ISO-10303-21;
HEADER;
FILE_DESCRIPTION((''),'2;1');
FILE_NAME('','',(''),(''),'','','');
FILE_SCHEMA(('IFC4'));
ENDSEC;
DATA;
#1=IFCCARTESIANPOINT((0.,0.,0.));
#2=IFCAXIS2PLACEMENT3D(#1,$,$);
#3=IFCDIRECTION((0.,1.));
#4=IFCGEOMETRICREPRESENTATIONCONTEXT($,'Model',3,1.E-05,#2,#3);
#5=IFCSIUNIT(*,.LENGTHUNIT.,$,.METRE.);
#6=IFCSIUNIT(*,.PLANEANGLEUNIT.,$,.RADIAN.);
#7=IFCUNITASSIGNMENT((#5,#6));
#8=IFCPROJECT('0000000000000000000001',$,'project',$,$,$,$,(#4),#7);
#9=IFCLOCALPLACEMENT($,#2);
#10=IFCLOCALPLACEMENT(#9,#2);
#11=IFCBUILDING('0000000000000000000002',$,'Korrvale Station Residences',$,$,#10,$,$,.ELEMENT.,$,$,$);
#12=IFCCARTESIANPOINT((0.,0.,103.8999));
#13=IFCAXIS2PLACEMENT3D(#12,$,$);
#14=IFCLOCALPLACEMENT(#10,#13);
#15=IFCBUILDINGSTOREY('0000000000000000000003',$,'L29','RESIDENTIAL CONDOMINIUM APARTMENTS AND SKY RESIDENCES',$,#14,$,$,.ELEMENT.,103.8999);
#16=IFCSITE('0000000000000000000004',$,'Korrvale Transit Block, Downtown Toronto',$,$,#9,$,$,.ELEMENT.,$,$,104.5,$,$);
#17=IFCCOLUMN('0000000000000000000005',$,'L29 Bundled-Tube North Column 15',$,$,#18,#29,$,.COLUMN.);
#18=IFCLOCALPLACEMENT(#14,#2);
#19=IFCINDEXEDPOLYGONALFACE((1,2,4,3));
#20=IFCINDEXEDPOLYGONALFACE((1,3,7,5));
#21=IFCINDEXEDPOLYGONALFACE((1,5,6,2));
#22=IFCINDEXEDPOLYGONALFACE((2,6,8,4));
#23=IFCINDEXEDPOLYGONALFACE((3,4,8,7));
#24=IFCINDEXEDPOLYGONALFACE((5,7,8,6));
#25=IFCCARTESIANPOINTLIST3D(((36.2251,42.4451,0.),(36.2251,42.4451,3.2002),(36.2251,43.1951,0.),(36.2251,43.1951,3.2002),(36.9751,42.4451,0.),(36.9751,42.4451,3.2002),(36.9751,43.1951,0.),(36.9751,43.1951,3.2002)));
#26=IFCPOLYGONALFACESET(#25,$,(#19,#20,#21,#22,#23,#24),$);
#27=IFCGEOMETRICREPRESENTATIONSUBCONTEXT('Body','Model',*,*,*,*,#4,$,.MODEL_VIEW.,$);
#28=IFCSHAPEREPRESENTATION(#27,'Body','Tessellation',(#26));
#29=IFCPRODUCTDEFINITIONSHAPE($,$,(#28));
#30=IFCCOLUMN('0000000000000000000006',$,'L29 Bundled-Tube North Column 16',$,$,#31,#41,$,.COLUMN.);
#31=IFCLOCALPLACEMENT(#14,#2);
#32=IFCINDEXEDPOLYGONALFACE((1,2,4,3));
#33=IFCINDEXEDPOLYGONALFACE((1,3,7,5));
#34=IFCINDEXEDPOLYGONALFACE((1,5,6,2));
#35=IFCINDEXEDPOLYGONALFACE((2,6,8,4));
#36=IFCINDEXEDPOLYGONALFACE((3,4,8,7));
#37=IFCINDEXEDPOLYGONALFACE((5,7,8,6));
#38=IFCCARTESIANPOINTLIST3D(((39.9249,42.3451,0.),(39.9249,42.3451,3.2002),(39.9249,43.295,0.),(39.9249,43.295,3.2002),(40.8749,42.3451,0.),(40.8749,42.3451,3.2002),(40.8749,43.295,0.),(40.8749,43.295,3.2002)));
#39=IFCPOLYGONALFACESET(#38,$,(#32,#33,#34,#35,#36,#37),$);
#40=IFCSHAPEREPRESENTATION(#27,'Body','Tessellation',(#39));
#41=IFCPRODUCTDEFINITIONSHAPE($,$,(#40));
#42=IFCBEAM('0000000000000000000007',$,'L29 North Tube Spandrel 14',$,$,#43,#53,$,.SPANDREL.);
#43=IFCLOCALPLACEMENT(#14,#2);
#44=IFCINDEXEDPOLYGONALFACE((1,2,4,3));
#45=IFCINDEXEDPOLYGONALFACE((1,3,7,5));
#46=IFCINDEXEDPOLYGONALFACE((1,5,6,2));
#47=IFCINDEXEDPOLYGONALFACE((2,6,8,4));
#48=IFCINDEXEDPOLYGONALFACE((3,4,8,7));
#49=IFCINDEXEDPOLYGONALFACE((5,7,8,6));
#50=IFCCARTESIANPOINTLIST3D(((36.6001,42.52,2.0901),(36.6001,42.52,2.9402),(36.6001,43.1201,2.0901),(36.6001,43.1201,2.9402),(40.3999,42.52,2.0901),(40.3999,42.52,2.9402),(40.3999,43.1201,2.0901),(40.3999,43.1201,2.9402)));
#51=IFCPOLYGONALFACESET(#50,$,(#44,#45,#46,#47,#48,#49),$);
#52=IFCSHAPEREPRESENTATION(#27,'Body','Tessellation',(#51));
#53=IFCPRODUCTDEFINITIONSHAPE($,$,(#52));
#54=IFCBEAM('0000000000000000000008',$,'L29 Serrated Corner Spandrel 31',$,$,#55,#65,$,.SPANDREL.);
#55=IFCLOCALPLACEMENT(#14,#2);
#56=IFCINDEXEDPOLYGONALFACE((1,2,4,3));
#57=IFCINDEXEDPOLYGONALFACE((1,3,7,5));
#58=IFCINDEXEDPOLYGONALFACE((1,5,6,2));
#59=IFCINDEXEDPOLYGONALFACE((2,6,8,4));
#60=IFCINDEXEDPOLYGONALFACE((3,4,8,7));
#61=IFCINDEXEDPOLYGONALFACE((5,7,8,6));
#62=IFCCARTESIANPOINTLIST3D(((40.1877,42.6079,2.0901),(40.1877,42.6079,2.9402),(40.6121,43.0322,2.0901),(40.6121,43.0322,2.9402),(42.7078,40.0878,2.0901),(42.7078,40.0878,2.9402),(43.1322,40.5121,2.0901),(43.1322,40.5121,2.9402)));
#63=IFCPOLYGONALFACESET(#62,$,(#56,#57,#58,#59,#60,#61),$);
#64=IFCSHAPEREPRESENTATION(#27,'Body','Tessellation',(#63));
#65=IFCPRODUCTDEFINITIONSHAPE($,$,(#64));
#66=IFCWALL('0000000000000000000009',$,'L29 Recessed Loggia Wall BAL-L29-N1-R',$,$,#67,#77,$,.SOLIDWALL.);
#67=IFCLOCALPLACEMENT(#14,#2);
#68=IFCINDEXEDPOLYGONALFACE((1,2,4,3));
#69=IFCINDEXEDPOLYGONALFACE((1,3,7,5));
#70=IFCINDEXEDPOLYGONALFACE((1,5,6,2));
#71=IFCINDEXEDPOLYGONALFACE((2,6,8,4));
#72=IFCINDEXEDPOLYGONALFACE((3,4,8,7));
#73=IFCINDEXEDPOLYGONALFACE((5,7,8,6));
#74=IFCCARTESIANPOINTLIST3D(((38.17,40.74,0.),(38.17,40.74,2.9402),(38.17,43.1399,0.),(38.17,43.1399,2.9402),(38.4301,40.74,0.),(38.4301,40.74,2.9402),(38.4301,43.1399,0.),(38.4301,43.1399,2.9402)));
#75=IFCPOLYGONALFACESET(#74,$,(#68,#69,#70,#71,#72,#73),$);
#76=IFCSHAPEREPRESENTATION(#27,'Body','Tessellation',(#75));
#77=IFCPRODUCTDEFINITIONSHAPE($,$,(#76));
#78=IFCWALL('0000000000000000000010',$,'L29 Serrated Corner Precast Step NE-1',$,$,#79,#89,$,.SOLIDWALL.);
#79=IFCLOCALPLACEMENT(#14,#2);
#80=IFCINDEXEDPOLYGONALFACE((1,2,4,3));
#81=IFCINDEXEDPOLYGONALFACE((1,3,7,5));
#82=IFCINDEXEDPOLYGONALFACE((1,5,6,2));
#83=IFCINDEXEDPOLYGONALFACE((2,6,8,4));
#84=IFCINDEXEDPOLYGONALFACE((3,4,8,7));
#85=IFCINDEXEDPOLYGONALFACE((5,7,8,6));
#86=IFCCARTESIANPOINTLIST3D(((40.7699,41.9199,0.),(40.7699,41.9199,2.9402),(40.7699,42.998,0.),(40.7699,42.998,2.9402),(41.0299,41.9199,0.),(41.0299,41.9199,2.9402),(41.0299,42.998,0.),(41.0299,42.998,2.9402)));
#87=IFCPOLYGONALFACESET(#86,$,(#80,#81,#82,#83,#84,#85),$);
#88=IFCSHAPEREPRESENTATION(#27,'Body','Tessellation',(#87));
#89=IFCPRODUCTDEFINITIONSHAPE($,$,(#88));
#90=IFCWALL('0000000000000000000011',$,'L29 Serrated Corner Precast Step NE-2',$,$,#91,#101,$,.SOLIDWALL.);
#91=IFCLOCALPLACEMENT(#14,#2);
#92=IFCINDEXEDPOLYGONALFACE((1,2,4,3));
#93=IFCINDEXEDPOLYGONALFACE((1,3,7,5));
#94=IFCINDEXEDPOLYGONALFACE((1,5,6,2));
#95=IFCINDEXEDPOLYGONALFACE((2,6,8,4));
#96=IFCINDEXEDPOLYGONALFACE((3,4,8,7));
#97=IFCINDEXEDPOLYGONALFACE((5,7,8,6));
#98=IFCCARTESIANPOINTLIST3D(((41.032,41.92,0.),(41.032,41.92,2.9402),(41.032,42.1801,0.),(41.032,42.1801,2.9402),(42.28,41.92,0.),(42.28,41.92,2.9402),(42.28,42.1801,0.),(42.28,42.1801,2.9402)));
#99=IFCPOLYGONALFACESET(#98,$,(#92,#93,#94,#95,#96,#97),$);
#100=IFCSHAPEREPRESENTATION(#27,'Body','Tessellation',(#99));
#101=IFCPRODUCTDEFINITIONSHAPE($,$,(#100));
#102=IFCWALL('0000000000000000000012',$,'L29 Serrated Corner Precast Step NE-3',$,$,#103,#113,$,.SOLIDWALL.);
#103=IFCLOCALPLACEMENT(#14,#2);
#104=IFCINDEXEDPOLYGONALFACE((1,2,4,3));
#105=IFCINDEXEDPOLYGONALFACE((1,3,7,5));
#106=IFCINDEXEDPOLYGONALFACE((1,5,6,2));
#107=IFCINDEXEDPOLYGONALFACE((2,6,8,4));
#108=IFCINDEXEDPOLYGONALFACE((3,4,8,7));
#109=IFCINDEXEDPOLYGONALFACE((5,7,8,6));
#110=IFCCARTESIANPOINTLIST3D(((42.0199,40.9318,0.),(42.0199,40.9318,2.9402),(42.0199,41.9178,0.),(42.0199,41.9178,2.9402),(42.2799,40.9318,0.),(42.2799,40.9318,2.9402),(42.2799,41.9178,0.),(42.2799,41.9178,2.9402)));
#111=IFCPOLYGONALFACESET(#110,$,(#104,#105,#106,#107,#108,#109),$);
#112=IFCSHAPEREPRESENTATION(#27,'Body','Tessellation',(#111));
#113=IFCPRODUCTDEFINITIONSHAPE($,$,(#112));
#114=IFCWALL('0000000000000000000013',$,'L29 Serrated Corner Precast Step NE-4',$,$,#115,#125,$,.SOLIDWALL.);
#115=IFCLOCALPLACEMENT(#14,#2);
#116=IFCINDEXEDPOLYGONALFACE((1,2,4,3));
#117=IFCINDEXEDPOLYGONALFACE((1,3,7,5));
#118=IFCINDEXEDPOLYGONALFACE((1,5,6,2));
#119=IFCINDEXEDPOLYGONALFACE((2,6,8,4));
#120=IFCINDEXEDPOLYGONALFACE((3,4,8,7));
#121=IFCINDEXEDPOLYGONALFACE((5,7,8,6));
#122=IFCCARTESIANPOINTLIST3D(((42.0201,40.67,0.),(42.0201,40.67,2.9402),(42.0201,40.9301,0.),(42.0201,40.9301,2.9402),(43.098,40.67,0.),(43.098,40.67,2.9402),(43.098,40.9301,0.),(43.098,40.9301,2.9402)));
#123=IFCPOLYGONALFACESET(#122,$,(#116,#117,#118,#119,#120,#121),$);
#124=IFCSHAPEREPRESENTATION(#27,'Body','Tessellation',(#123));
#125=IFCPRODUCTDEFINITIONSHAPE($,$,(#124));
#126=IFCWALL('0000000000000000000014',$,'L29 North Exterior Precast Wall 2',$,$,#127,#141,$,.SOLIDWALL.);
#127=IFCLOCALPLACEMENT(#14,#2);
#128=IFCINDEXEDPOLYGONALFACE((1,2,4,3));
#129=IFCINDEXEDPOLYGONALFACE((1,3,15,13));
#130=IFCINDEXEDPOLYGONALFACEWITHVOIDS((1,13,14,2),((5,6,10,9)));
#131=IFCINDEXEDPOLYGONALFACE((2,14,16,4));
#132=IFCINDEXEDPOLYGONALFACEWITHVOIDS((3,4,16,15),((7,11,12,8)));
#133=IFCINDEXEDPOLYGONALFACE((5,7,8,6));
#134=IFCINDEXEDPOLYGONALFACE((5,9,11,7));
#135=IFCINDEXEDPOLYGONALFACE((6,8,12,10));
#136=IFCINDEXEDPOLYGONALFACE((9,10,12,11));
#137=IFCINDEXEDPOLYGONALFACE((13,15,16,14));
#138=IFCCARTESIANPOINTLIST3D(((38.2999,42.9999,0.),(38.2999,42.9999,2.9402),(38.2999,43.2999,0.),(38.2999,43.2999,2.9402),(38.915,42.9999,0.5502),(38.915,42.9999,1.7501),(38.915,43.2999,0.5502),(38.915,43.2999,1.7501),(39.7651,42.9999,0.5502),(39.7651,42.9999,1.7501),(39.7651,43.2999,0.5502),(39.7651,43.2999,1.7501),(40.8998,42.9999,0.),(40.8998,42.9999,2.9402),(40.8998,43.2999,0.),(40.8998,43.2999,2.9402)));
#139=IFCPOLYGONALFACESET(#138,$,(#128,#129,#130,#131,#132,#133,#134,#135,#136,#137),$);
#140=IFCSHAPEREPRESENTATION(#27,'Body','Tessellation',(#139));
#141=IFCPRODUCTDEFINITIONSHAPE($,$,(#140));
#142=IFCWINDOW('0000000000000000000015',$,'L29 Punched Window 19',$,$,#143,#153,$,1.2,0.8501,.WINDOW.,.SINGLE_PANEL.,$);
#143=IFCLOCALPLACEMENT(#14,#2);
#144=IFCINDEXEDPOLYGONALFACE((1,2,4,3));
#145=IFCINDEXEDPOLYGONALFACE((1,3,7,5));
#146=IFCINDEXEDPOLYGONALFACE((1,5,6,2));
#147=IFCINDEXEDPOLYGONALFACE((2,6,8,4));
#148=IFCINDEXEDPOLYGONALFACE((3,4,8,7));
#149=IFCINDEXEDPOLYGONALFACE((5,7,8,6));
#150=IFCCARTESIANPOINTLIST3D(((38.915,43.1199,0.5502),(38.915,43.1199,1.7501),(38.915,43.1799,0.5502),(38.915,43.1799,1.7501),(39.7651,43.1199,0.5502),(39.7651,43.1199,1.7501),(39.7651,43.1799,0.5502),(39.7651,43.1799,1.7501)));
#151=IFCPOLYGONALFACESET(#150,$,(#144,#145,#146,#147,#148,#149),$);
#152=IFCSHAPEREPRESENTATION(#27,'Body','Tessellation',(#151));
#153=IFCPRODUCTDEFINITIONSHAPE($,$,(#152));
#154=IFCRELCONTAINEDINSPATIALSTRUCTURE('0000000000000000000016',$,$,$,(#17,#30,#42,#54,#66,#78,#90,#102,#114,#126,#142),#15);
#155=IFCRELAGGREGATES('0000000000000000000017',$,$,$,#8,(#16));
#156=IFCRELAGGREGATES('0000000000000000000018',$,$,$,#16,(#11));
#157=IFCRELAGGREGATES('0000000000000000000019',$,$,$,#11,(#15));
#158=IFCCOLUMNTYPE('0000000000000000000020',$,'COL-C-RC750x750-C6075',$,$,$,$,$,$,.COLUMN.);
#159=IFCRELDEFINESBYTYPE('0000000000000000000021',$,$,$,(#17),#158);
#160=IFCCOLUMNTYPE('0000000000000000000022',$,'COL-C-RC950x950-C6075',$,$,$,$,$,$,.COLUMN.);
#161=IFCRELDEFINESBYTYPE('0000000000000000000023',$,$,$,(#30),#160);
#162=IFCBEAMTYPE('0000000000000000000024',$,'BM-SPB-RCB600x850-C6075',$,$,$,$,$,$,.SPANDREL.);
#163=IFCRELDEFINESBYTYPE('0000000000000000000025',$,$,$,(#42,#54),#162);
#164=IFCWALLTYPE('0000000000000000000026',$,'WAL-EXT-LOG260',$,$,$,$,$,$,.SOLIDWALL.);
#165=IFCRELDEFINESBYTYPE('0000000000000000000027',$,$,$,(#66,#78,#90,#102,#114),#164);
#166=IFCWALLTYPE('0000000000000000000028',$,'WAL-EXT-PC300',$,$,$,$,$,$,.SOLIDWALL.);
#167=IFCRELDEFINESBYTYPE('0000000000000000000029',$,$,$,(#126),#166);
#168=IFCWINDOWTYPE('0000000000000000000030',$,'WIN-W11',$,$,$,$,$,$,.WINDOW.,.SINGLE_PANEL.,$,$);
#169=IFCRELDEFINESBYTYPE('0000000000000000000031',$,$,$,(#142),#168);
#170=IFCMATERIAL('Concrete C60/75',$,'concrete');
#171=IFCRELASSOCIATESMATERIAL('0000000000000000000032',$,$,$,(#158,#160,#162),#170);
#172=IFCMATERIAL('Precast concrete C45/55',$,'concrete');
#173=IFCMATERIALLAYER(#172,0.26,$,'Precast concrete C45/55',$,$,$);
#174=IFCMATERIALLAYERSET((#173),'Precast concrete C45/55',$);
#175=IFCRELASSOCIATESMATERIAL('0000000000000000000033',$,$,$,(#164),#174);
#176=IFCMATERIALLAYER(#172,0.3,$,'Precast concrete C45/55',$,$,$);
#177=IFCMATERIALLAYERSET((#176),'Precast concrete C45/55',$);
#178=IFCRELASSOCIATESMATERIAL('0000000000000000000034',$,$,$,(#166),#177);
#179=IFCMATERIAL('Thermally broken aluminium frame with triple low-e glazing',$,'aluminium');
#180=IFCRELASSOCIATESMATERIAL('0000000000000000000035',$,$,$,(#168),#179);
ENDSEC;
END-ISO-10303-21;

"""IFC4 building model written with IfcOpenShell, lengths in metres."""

from ifc_helpers import new_model, si_unit, direction, frame, frame_2d, origin, origin_2d, place, context, subcontext, project, spatial, rectangle, extrude, material, layer, layer_set, material_profile, profile_set, type_object, element, fill, save


model = new_model("IFC4")

# Units and contexts
model_context = context("Model", 3, precision=1e-05, world=origin(), true_north=direction((0.0, 1.0)))
body_context = subcontext(model_context, "Body", "Model", "MODEL_VIEW")
ifc_project = project(units=[si_unit("LENGTHUNIT", "METRE"), si_unit("PLANEANGLEUNIT", "RADIAN")], contexts=[model_context])

# Site, building, storey
site_placement = place(None, origin())
site = spatial("IfcSite", under=ifc_project, at=site_placement, Name="Korrvale Transit Block, Downtown Toronto", CompositionType="ELEMENT", RefElevation=104.5)
building_placement = place(site_placement, origin())
building = spatial("IfcBuilding", under=site, at=building_placement, Name="Korrvale Station Residences", CompositionType="ELEMENT")
storey_placement = place(building_placement, frame((0.0, 0.0, 103.8999)))
storey = spatial("IfcBuildingStorey", under=building, at=storey_placement, Name="L29", Description="RESIDENTIAL CONDOMINIUM APARTMENTS AND SKY RESIDENCES", CompositionType="ELEMENT", Elevation=103.8999)

# Columns
ifc_material_1 = material(Name="Concrete C60/75", Category="concrete")
ifc_material_profile_1 = material_profile(ifc_material_1, rectangle(XDim=0.75, YDim=0.75, at=origin_2d()), Name="RC750x750")
ifc_profile_set_1 = profile_set([ifc_material_profile_1], Name="Concrete C60/75")
column_type_1 = type_object("IfcColumnType", Name="COL-C-RC750x750-C6075", PredefinedType="COLUMN", material=ifc_profile_set_1)
column_1_placement = place(storey_placement, frame((36.6001, 42.8201, 0.0), z_axis=(0.0, 0.0, 1.0), x_axis=(1.0, 0.0, 0.0)))
element("IfcColumn", 1, at=column_1_placement, inside=storey, type_object=column_type_1, Name="L29 Bundled-Tube North Column 15", PredefinedType="COLUMN", context=body_context, shape_type="SweptSolid", body=[
    extrude(rectangle(XDim=0.75, YDim=0.75, at=origin_2d()), origin(), (0.0, 0.0, 1.0), 3.2002),
])
ifc_material_profile_2 = material_profile(ifc_material_1, rectangle(XDim=0.95, YDim=0.95, at=origin_2d()), Name="RC950x950")
ifc_profile_set_2 = profile_set([ifc_material_profile_2], Name="Concrete C60/75")
column_type_2 = type_object("IfcColumnType", Name="COL-C-RC950x950-C6075", PredefinedType="COLUMN", material=ifc_profile_set_2)
column_2_placement = place(storey_placement, frame((40.3999, 42.8201, 0.0), z_axis=(0.0, 0.0, 1.0), x_axis=(1.0, 0.0, 0.0)))
element("IfcColumn", 2, at=column_2_placement, inside=storey, type_object=column_type_2, Name="L29 Bundled-Tube North Column 16", PredefinedType="COLUMN", context=body_context, shape_type="SweptSolid", body=[
    extrude(rectangle(XDim=0.95, YDim=0.95, at=origin_2d()), origin(), (0.0, 0.0, 1.0), 3.2002),
])

# Beams
ifc_material_profile_3 = material_profile(ifc_material_1, rectangle(XDim=0.6001, YDim=0.8501, at=origin_2d()), Name="RCB600x850")
ifc_profile_set_3 = profile_set([ifc_material_profile_3], Name="Concrete C60/75")
beam_type = type_object("IfcBeamType", Name="BM-SPB-RCB600x850-C6075", PredefinedType="SPANDREL", material=ifc_profile_set_3)
beam_1_placement = place(storey_placement, frame((36.6001, 42.8201, 2.5151), z_axis=(1.0, 0.0, 0.0), x_axis=(0.0, 1.0, 0.0)))
element("IfcBeam", 3, at=beam_1_placement, inside=storey, type_object=beam_type, Name="L29 North Tube Spandrel 14", PredefinedType="SPANDREL", context=body_context, shape_type="SweptSolid", body=[
    extrude(rectangle(XDim=0.6001, YDim=0.8501, at=origin_2d()), origin(), (0.0, 0.0, 1.0), 3.7998),
])
beam_2_placement = place(storey_placement, frame((40.3999, 42.8201, 2.5151), z_axis=(0.707107, -0.707107, 0.0), x_axis=(0.707107, 0.707107, 0.0)))
element("IfcBeam", 4, at=beam_2_placement, inside=storey, type_object=beam_type, Name="L29 Serrated Corner Spandrel 31", PredefinedType="SPANDREL", context=body_context, shape_type="SweptSolid", body=[
    extrude(rectangle(XDim=0.6001, YDim=0.8501, at=origin_2d()), origin(), (0.0, 0.0, 1.0), 3.564),
])

# Walls
ifc_material_2 = material(Name="Precast concrete C45/55", Category="concrete")
ifc_layer_1 = layer(ifc_material_2, 0.26, Name="Precast concrete C45/55")
ifc_layer_set_1 = layer_set([ifc_layer_1], Name="Precast concrete C45/55")
wall_type_1 = type_object("IfcWallType", Name="WAL-EXT-LOG260", PredefinedType="SOLIDWALL", material=ifc_layer_set_1)
wall_1_placement = place(storey_placement, frame((38.3, 40.74, 0.0), z_axis=(0.0, 0.0, 1.0), x_axis=(0.0, 1.0, 0.0)))
element("IfcWall", 5, at=wall_1_placement, inside=storey, type_object=wall_type_1, Name="L29 Recessed Loggia Wall BAL-L29-N1-R", PredefinedType="SOLIDWALL", context=body_context, shape_type="SweptSolid", body=[
    extrude(rectangle(XDim=2.3999, YDim=0.26, at=frame_2d((1.2, 0.0))), origin(), (0.0, 0.0, 1.0), 2.9402),
])
wall_2_placement = place(storey_placement, frame((40.8999, 42.998, 0.0), z_axis=(0.0, 0.0, 1.0), x_axis=(0.0, -1.0, 0.0)))
element("IfcWall", 6, at=wall_2_placement, inside=storey, type_object=wall_type_1, Name="L29 Serrated Corner Precast Step NE-1", PredefinedType="SOLIDWALL", context=body_context, shape_type="SweptSolid", body=[
    extrude(rectangle(XDim=1.0781, YDim=0.26, at=frame_2d((0.5391, 0.0))), origin(), (0.0, 0.0, 1.0), 2.9402),
])
wall_3_placement = place(storey_placement, frame((41.032, 42.05, 0.0), z_axis=(0.0, 0.0, 1.0), x_axis=(1.0, 0.0, 0.0)))
element("IfcWall", 7, at=wall_3_placement, inside=storey, type_object=wall_type_1, Name="L29 Serrated Corner Precast Step NE-2", PredefinedType="SOLIDWALL", context=body_context, shape_type="SweptSolid", body=[
    extrude(rectangle(XDim=1.248, YDim=0.26, at=frame_2d((0.624, 0.0))), origin(), (0.0, 0.0, 1.0), 2.9402),
])
wall_4_placement = place(storey_placement, frame((42.1499, 41.918, 0.0), z_axis=(0.0, 0.0, 1.0), x_axis=(0.0, -1.0, 0.0)))
element("IfcWall", 8, at=wall_4_placement, inside=storey, type_object=wall_type_1, Name="L29 Serrated Corner Precast Step NE-3", PredefinedType="SOLIDWALL", context=body_context, shape_type="SweptSolid", body=[
    extrude(rectangle(XDim=0.9861, YDim=0.26, at=frame_2d((0.4932, 0.0))), origin(), (0.0, 0.0, 1.0), 2.9402),
])
wall_5_placement = place(storey_placement, frame((42.02, 40.8, 0.0), z_axis=(0.0, 0.0, 1.0), x_axis=(1.0, 0.0, 0.0)))
element("IfcWall", 9, at=wall_5_placement, inside=storey, type_object=wall_type_1, Name="L29 Serrated Corner Precast Step NE-4", PredefinedType="SOLIDWALL", context=body_context, shape_type="SweptSolid", body=[
    extrude(rectangle(XDim=1.0779, YDim=0.26, at=frame_2d((0.5391, 0.0))), origin(), (0.0, 0.0, 1.0), 2.9402),
])

# Wall, opening, window
ifc_layer_2 = layer(ifc_material_2, 0.3, Name="Precast concrete C45/55")
ifc_layer_set_2 = layer_set([ifc_layer_2], Name="Precast concrete C45/55")
wall_type_2 = type_object("IfcWallType", Name="WAL-EXT-PC300", PredefinedType="SOLIDWALL", material=ifc_layer_set_2)
wall_6_placement = place(storey_placement, frame((38.3, 43.1499, 0.0), z_axis=(0.0, 0.0, 1.0), x_axis=(1.0, 0.0, 0.0)))
wall_6 = element("IfcWall", 10, at=wall_6_placement, inside=storey, type_object=wall_type_2, Name="L29 North Exterior Precast Wall 2", PredefinedType="SOLIDWALL", context=body_context, shape_type="SweptSolid", body=[
    extrude(rectangle(XDim=2.5999, YDim=0.3, at=frame_2d((1.2998, 0.0))), origin(), (0.0, 0.0, 1.0), 2.9402),
])
opening_1_placement = place(wall_6_placement, frame((0.615, 0.0, 0.55)))
opening_1 = element("IfcOpeningElement", 11, at=opening_1_placement, cuts=wall_6, PredefinedType="OPENING", context=body_context, shape_type="SweptSolid", body=[
    extrude(rectangle(XDim=0.8501, YDim=1.2, at=frame_2d((0.425, 0.6001))), frame((0.0, 0.1602, 0.0), z_axis=(0.0, -1.0, 0.0), x_axis=(1.0, 0.0, 0.0)), (0.0, 0.0, 1.0), 0.3201),
])
ifc_material_3 = material(Name="Thermally broken aluminium frame with triple low-e glazing", Category="aluminium")
window_type_1 = type_object("IfcWindowType", Name="WIN-W11", PartitioningType="SINGLE_PANEL", PredefinedType="WINDOW", material=ifc_material_3)
window_1_placement = place(opening_1_placement, origin())
window_1 = element("IfcWindow", 12, at=window_1_placement, inside=storey, type_object=window_type_1, Name="L29 Punched Window 19", OverallHeight=1.2, OverallWidth=0.8501, PartitioningType="SINGLE_PANEL", PredefinedType="WINDOW", context=body_context, shape_type="SweptSolid", body=[
    extrude(rectangle(XDim=0.8501, YDim=1.2, at=frame_2d((0.425, 0.6001))), frame((0.0, 0.03, 0.0), z_axis=(0.0, -1.0, 0.0), x_axis=(1.0, 0.0, 0.0)), (0.0, 0.0, 1.0), 0.0601),
])
fill(opening_1, window_1)

save(model, "model.ifc")
